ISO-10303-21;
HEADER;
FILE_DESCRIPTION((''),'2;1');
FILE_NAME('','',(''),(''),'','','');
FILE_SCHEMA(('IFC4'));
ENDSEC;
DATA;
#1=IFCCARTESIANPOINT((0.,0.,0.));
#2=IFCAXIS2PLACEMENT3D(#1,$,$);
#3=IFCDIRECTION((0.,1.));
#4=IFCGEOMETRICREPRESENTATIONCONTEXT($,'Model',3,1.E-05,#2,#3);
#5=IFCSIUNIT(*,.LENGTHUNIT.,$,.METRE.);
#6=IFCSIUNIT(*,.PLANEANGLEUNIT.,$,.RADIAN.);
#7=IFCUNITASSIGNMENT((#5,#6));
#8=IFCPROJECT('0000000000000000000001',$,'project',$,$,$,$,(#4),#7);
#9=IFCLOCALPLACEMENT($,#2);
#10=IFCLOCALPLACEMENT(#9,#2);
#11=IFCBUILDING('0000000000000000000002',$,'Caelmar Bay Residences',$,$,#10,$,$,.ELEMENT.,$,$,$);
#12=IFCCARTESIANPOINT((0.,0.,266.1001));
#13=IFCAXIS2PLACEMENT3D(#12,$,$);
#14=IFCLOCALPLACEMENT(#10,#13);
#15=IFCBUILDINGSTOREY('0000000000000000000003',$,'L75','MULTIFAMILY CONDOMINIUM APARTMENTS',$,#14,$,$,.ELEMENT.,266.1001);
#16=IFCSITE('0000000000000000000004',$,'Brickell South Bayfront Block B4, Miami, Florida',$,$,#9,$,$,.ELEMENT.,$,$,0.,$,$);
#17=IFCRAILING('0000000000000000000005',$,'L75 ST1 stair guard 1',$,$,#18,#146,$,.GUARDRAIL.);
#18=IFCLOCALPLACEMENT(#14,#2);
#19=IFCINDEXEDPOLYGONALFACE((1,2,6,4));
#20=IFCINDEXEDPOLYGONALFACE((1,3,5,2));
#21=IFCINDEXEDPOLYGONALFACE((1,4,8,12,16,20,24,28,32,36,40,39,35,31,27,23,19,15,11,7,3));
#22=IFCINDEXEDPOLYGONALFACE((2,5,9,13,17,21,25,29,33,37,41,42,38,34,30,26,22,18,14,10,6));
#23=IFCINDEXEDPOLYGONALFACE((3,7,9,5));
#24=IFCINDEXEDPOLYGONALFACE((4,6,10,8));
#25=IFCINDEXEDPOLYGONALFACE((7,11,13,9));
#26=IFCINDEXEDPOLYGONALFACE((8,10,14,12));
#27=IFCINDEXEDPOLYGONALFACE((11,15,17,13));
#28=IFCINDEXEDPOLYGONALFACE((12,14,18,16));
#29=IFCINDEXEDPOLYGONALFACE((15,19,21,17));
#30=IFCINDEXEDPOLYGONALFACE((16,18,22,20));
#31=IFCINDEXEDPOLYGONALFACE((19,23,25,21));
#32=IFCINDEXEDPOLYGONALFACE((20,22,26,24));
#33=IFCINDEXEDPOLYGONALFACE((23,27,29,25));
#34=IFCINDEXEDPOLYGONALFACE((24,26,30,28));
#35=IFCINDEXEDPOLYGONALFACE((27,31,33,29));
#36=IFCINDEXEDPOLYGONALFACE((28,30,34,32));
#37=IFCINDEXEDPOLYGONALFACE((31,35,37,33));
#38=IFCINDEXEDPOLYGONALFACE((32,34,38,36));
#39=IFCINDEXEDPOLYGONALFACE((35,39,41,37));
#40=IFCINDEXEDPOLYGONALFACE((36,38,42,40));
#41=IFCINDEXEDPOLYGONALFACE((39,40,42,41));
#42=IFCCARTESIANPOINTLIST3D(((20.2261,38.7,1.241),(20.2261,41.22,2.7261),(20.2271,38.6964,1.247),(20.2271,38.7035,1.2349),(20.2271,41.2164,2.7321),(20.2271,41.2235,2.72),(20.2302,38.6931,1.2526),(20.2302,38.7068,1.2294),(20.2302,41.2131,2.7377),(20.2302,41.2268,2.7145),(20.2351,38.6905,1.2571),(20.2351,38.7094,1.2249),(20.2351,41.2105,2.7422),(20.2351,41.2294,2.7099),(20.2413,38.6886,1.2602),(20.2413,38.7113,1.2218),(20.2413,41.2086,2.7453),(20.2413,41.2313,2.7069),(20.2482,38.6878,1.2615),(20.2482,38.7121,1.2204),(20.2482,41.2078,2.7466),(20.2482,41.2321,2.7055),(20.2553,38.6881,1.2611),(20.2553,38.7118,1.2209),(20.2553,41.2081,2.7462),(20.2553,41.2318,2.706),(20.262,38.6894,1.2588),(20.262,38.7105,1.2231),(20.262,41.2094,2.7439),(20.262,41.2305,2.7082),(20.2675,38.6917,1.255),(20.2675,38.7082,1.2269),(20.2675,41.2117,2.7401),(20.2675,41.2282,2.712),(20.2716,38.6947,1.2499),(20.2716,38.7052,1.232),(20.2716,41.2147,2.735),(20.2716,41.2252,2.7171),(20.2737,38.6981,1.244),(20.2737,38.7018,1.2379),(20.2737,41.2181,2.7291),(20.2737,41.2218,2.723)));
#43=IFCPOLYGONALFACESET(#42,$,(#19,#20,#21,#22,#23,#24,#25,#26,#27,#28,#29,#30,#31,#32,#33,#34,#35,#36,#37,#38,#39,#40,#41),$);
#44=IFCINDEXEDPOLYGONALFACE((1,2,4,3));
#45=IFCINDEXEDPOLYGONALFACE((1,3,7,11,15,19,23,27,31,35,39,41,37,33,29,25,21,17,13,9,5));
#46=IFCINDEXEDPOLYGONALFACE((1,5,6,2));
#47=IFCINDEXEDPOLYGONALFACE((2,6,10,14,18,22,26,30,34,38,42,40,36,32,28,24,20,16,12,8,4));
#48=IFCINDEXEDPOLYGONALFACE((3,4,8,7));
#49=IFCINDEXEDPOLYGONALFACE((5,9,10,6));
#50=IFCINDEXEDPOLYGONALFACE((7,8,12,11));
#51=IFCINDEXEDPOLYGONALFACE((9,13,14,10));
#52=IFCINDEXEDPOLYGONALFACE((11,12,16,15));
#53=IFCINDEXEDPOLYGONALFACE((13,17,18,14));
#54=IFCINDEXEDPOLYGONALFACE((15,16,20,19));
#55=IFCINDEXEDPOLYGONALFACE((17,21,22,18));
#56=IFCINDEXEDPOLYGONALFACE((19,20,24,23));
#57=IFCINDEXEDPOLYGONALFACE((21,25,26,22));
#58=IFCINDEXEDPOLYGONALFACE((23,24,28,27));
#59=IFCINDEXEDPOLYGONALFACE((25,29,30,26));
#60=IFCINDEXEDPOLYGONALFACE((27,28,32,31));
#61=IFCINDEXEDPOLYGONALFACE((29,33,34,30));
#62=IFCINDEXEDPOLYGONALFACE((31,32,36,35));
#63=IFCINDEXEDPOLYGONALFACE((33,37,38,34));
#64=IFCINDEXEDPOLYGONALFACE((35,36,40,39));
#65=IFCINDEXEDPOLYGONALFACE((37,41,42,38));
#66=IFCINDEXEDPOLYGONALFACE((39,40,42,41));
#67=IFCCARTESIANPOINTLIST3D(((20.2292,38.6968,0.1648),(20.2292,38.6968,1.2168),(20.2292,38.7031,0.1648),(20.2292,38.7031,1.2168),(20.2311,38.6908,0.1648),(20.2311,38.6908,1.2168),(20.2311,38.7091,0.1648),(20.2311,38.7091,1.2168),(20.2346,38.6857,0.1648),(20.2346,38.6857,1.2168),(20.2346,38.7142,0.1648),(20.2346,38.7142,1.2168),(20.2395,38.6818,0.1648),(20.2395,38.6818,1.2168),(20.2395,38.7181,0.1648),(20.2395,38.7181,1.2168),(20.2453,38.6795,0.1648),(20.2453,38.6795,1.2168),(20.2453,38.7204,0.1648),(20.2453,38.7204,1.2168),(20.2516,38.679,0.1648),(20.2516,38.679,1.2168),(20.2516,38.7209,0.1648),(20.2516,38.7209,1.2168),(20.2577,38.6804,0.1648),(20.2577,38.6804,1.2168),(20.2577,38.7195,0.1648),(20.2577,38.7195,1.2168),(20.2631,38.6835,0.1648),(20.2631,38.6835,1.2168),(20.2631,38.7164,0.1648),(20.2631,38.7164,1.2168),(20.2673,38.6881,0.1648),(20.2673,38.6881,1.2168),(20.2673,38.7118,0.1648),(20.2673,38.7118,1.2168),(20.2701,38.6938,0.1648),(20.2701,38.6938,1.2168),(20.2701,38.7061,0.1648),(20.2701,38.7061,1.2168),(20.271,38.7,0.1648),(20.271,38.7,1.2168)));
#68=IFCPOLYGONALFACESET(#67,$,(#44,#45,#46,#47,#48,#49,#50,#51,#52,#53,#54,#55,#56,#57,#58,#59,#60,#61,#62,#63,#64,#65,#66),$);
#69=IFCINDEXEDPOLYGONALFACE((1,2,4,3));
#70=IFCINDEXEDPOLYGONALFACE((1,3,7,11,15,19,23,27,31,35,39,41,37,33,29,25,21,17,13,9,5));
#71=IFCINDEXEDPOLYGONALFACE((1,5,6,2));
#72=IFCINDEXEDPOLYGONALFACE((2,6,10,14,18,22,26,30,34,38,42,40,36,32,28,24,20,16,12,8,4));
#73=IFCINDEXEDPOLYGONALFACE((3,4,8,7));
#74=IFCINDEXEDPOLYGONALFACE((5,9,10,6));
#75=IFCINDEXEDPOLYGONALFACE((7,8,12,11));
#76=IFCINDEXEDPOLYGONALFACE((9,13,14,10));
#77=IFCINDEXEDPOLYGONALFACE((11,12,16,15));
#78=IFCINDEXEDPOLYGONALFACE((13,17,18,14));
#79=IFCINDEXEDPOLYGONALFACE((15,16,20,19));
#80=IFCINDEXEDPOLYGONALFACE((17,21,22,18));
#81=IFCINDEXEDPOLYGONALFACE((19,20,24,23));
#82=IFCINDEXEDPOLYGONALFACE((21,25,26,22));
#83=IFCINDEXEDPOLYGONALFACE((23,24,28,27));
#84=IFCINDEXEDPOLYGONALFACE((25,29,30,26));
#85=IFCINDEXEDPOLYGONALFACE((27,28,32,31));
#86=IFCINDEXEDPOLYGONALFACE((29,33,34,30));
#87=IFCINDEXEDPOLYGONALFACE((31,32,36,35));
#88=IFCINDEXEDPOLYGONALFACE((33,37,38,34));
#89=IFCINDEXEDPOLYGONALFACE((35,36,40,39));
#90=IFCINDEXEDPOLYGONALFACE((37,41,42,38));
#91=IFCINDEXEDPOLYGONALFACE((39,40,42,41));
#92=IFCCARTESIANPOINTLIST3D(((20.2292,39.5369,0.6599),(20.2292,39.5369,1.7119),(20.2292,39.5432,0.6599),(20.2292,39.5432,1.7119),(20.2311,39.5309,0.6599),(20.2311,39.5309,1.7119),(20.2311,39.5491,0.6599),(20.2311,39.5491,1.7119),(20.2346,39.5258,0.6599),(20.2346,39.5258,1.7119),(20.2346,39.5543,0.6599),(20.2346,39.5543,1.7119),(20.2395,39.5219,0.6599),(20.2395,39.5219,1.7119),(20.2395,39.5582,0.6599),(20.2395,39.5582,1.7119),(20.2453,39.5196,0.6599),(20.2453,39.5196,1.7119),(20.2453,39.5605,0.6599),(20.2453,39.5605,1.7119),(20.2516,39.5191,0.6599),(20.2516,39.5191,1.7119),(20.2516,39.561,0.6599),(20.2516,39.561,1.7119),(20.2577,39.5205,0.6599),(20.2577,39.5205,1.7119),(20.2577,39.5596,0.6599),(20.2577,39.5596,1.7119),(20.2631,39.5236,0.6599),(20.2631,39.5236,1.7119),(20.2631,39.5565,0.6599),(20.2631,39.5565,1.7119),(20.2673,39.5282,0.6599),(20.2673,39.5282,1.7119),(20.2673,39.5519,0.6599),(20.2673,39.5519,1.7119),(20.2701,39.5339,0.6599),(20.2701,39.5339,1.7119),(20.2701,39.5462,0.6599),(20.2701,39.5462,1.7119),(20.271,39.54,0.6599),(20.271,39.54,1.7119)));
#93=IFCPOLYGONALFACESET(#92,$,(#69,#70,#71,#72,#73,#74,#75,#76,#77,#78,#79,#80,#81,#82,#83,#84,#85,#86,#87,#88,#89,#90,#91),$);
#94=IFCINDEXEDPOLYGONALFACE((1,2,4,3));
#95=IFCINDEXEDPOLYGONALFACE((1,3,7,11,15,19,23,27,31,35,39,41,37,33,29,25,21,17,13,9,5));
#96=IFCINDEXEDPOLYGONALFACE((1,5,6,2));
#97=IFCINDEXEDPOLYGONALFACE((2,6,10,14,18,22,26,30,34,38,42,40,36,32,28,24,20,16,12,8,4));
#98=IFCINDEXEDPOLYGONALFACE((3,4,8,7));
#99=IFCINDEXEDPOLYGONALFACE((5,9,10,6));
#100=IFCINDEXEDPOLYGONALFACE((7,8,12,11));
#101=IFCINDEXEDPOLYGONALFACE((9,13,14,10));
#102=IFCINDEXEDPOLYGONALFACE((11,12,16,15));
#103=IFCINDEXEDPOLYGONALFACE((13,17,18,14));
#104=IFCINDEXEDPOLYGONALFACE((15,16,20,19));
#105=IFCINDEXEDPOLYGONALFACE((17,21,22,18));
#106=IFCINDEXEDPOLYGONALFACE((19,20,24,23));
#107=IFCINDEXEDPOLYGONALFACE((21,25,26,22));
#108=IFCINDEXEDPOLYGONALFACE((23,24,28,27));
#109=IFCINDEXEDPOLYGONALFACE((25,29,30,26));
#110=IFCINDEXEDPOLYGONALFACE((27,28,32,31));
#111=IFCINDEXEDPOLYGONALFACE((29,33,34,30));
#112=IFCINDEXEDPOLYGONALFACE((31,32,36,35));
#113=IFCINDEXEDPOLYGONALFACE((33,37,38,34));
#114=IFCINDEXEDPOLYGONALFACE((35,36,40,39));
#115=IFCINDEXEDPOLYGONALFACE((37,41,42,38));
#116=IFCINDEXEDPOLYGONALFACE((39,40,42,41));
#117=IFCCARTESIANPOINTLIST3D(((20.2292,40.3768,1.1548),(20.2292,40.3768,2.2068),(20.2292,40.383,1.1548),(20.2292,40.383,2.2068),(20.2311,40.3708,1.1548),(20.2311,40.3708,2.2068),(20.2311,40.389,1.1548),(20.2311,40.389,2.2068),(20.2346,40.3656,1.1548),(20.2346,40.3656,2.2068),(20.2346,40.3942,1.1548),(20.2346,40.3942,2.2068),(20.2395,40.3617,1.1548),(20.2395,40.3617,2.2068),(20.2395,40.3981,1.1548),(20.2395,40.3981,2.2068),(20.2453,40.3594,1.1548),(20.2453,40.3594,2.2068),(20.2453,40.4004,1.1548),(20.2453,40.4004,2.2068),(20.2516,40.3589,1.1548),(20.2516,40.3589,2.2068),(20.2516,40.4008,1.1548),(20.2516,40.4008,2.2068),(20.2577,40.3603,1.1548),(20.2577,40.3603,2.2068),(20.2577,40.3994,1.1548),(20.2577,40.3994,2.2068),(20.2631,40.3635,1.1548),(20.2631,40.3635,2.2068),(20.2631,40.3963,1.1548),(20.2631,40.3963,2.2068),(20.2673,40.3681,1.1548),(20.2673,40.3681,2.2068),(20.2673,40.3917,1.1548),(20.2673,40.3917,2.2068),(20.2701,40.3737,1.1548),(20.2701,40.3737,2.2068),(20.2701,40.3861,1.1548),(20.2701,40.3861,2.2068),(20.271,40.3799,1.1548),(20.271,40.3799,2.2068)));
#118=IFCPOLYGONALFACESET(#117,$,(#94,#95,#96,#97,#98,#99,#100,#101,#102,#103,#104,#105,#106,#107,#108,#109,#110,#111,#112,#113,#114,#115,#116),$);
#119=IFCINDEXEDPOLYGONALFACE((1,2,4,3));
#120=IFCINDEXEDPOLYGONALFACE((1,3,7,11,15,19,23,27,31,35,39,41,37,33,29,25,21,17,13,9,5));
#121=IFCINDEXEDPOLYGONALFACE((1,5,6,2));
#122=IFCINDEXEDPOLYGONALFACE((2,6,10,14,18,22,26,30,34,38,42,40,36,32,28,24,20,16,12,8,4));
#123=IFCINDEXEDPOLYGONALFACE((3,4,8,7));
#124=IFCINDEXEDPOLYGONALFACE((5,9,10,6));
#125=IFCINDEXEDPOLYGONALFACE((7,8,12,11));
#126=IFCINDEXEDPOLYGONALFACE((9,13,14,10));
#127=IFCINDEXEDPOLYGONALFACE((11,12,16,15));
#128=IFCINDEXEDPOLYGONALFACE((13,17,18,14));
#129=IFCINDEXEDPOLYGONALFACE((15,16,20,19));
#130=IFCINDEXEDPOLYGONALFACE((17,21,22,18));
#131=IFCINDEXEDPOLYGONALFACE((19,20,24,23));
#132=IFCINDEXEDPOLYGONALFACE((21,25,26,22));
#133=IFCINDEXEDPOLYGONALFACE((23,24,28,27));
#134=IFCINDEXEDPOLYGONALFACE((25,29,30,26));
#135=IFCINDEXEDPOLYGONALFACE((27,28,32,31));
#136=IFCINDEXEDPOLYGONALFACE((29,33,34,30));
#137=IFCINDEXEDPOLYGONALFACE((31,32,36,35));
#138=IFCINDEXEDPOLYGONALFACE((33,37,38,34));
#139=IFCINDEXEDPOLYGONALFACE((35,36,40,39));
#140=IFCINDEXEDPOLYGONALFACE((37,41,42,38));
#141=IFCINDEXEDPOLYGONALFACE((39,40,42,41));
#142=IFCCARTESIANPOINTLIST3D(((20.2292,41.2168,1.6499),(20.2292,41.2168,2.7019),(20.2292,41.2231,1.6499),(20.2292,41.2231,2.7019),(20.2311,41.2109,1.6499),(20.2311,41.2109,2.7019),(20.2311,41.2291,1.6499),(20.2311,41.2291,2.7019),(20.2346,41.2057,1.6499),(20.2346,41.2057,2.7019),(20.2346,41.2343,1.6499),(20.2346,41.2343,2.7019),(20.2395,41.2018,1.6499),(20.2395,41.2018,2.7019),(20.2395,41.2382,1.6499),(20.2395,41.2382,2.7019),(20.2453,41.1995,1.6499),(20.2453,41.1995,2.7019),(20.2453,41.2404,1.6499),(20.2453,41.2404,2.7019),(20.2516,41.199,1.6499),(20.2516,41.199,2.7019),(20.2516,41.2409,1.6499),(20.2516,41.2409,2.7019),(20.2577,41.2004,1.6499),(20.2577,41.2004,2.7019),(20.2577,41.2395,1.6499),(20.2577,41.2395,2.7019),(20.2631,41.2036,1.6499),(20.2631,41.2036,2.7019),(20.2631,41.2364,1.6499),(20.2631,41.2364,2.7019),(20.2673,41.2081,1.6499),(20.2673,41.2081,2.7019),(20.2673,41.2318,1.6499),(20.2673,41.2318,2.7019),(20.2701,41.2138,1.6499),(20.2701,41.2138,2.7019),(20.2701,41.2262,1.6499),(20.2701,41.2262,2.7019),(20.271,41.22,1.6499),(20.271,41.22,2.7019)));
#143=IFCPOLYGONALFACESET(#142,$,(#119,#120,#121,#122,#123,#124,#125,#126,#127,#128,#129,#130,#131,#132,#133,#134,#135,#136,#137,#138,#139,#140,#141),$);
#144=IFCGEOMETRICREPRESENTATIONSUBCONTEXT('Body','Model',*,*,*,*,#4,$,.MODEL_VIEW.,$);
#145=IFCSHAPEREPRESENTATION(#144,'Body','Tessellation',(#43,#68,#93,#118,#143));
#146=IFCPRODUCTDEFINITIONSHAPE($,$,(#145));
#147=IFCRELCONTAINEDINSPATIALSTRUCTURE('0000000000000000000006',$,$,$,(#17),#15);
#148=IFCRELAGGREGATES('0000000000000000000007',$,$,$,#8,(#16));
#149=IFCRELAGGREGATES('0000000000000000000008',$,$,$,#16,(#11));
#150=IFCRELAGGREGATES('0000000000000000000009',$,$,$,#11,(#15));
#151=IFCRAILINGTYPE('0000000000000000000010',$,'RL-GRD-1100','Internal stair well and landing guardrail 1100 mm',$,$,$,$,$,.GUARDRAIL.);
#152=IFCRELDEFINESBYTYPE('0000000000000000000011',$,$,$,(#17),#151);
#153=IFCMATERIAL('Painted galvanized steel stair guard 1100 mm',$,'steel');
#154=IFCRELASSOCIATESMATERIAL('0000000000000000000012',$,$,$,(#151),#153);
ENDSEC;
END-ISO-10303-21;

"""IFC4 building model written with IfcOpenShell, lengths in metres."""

from ifc_helpers import new_model, si_unit, direction, frame, origin, origin_2d, place, context, subcontext, project, spatial, circle, extrude, material, type_object, element, save


model = new_model("IFC4")

# Units and contexts
model_context = context("Model", 3, precision=1e-05, world=origin(), true_north=direction((0.0, 1.0)))
body_context = subcontext(model_context, "Body", "Model", "MODEL_VIEW")
ifc_project = project(units=[si_unit("LENGTHUNIT", "METRE"), si_unit("PLANEANGLEUNIT", "RADIAN")], contexts=[model_context])

# Site, building, storey
site_placement = place(None, origin())
site = spatial("IfcSite", under=ifc_project, at=site_placement, Name="Brickell South Bayfront Block B4, Miami, Florida", CompositionType="ELEMENT", RefElevation=0.0)
building_placement = place(site_placement, origin())
building = spatial("IfcBuilding", under=site, at=building_placement, Name="Caelmar Bay Residences", CompositionType="ELEMENT")
storey_placement = place(building_placement, frame((0.0, 0.0, 266.1001)))
storey = spatial("IfcBuildingStorey", under=building, at=storey_placement, Name="L75", Description="MULTIFAMILY CONDOMINIUM APARTMENTS", CompositionType="ELEMENT", Elevation=266.1001)

# Railing
ifc_material_1 = material(Name="Painted galvanized steel stair guard 1100 mm", Category="steel")
railing_type_1 = type_object("IfcRailingType", Name="RL-GRD-1100", Description="Internal stair well and landing guardrail 1100 mm", PredefinedType="GUARDRAIL", material=ifc_material_1)
railing_1_placement = place(storey_placement, frame((20.25, 38.7, 0.1648)))
element("IfcRailing", 1, at=railing_1_placement, inside=storey, type_object=railing_type_1, Name="L75 ST1 stair guard 1", PredefinedType="GUARDRAIL", context=body_context, shape_type="SweptSolid", body=[
    extrude(circle(Radius=0.0239, at=origin_2d()), frame((0.0, 0.0, 1.0762), z_axis=(0.0, 0.861524, 0.507717), x_axis=(-1.0, 0.0, 0.0)), (0.0, 0.0, 1.0), 2.925),
    extrude(circle(Radius=0.021, at=origin_2d()), origin(), (0.0, 0.0, 1.0), 1.052),
    extrude(circle(Radius=0.021, at=origin_2d()), frame((0.0, 0.8401, 0.4951)), (0.0, 0.0, 1.0), 1.052),
    extrude(circle(Radius=0.021, at=origin_2d()), frame((0.0, 1.6799, 0.99)), (0.0, 0.0, 1.0), 1.052),
    extrude(circle(Radius=0.021, at=origin_2d()), frame((0.0, 2.52, 1.4851)), (0.0, 0.0, 1.0), 1.052),
])

save(model, "model.ifc")
